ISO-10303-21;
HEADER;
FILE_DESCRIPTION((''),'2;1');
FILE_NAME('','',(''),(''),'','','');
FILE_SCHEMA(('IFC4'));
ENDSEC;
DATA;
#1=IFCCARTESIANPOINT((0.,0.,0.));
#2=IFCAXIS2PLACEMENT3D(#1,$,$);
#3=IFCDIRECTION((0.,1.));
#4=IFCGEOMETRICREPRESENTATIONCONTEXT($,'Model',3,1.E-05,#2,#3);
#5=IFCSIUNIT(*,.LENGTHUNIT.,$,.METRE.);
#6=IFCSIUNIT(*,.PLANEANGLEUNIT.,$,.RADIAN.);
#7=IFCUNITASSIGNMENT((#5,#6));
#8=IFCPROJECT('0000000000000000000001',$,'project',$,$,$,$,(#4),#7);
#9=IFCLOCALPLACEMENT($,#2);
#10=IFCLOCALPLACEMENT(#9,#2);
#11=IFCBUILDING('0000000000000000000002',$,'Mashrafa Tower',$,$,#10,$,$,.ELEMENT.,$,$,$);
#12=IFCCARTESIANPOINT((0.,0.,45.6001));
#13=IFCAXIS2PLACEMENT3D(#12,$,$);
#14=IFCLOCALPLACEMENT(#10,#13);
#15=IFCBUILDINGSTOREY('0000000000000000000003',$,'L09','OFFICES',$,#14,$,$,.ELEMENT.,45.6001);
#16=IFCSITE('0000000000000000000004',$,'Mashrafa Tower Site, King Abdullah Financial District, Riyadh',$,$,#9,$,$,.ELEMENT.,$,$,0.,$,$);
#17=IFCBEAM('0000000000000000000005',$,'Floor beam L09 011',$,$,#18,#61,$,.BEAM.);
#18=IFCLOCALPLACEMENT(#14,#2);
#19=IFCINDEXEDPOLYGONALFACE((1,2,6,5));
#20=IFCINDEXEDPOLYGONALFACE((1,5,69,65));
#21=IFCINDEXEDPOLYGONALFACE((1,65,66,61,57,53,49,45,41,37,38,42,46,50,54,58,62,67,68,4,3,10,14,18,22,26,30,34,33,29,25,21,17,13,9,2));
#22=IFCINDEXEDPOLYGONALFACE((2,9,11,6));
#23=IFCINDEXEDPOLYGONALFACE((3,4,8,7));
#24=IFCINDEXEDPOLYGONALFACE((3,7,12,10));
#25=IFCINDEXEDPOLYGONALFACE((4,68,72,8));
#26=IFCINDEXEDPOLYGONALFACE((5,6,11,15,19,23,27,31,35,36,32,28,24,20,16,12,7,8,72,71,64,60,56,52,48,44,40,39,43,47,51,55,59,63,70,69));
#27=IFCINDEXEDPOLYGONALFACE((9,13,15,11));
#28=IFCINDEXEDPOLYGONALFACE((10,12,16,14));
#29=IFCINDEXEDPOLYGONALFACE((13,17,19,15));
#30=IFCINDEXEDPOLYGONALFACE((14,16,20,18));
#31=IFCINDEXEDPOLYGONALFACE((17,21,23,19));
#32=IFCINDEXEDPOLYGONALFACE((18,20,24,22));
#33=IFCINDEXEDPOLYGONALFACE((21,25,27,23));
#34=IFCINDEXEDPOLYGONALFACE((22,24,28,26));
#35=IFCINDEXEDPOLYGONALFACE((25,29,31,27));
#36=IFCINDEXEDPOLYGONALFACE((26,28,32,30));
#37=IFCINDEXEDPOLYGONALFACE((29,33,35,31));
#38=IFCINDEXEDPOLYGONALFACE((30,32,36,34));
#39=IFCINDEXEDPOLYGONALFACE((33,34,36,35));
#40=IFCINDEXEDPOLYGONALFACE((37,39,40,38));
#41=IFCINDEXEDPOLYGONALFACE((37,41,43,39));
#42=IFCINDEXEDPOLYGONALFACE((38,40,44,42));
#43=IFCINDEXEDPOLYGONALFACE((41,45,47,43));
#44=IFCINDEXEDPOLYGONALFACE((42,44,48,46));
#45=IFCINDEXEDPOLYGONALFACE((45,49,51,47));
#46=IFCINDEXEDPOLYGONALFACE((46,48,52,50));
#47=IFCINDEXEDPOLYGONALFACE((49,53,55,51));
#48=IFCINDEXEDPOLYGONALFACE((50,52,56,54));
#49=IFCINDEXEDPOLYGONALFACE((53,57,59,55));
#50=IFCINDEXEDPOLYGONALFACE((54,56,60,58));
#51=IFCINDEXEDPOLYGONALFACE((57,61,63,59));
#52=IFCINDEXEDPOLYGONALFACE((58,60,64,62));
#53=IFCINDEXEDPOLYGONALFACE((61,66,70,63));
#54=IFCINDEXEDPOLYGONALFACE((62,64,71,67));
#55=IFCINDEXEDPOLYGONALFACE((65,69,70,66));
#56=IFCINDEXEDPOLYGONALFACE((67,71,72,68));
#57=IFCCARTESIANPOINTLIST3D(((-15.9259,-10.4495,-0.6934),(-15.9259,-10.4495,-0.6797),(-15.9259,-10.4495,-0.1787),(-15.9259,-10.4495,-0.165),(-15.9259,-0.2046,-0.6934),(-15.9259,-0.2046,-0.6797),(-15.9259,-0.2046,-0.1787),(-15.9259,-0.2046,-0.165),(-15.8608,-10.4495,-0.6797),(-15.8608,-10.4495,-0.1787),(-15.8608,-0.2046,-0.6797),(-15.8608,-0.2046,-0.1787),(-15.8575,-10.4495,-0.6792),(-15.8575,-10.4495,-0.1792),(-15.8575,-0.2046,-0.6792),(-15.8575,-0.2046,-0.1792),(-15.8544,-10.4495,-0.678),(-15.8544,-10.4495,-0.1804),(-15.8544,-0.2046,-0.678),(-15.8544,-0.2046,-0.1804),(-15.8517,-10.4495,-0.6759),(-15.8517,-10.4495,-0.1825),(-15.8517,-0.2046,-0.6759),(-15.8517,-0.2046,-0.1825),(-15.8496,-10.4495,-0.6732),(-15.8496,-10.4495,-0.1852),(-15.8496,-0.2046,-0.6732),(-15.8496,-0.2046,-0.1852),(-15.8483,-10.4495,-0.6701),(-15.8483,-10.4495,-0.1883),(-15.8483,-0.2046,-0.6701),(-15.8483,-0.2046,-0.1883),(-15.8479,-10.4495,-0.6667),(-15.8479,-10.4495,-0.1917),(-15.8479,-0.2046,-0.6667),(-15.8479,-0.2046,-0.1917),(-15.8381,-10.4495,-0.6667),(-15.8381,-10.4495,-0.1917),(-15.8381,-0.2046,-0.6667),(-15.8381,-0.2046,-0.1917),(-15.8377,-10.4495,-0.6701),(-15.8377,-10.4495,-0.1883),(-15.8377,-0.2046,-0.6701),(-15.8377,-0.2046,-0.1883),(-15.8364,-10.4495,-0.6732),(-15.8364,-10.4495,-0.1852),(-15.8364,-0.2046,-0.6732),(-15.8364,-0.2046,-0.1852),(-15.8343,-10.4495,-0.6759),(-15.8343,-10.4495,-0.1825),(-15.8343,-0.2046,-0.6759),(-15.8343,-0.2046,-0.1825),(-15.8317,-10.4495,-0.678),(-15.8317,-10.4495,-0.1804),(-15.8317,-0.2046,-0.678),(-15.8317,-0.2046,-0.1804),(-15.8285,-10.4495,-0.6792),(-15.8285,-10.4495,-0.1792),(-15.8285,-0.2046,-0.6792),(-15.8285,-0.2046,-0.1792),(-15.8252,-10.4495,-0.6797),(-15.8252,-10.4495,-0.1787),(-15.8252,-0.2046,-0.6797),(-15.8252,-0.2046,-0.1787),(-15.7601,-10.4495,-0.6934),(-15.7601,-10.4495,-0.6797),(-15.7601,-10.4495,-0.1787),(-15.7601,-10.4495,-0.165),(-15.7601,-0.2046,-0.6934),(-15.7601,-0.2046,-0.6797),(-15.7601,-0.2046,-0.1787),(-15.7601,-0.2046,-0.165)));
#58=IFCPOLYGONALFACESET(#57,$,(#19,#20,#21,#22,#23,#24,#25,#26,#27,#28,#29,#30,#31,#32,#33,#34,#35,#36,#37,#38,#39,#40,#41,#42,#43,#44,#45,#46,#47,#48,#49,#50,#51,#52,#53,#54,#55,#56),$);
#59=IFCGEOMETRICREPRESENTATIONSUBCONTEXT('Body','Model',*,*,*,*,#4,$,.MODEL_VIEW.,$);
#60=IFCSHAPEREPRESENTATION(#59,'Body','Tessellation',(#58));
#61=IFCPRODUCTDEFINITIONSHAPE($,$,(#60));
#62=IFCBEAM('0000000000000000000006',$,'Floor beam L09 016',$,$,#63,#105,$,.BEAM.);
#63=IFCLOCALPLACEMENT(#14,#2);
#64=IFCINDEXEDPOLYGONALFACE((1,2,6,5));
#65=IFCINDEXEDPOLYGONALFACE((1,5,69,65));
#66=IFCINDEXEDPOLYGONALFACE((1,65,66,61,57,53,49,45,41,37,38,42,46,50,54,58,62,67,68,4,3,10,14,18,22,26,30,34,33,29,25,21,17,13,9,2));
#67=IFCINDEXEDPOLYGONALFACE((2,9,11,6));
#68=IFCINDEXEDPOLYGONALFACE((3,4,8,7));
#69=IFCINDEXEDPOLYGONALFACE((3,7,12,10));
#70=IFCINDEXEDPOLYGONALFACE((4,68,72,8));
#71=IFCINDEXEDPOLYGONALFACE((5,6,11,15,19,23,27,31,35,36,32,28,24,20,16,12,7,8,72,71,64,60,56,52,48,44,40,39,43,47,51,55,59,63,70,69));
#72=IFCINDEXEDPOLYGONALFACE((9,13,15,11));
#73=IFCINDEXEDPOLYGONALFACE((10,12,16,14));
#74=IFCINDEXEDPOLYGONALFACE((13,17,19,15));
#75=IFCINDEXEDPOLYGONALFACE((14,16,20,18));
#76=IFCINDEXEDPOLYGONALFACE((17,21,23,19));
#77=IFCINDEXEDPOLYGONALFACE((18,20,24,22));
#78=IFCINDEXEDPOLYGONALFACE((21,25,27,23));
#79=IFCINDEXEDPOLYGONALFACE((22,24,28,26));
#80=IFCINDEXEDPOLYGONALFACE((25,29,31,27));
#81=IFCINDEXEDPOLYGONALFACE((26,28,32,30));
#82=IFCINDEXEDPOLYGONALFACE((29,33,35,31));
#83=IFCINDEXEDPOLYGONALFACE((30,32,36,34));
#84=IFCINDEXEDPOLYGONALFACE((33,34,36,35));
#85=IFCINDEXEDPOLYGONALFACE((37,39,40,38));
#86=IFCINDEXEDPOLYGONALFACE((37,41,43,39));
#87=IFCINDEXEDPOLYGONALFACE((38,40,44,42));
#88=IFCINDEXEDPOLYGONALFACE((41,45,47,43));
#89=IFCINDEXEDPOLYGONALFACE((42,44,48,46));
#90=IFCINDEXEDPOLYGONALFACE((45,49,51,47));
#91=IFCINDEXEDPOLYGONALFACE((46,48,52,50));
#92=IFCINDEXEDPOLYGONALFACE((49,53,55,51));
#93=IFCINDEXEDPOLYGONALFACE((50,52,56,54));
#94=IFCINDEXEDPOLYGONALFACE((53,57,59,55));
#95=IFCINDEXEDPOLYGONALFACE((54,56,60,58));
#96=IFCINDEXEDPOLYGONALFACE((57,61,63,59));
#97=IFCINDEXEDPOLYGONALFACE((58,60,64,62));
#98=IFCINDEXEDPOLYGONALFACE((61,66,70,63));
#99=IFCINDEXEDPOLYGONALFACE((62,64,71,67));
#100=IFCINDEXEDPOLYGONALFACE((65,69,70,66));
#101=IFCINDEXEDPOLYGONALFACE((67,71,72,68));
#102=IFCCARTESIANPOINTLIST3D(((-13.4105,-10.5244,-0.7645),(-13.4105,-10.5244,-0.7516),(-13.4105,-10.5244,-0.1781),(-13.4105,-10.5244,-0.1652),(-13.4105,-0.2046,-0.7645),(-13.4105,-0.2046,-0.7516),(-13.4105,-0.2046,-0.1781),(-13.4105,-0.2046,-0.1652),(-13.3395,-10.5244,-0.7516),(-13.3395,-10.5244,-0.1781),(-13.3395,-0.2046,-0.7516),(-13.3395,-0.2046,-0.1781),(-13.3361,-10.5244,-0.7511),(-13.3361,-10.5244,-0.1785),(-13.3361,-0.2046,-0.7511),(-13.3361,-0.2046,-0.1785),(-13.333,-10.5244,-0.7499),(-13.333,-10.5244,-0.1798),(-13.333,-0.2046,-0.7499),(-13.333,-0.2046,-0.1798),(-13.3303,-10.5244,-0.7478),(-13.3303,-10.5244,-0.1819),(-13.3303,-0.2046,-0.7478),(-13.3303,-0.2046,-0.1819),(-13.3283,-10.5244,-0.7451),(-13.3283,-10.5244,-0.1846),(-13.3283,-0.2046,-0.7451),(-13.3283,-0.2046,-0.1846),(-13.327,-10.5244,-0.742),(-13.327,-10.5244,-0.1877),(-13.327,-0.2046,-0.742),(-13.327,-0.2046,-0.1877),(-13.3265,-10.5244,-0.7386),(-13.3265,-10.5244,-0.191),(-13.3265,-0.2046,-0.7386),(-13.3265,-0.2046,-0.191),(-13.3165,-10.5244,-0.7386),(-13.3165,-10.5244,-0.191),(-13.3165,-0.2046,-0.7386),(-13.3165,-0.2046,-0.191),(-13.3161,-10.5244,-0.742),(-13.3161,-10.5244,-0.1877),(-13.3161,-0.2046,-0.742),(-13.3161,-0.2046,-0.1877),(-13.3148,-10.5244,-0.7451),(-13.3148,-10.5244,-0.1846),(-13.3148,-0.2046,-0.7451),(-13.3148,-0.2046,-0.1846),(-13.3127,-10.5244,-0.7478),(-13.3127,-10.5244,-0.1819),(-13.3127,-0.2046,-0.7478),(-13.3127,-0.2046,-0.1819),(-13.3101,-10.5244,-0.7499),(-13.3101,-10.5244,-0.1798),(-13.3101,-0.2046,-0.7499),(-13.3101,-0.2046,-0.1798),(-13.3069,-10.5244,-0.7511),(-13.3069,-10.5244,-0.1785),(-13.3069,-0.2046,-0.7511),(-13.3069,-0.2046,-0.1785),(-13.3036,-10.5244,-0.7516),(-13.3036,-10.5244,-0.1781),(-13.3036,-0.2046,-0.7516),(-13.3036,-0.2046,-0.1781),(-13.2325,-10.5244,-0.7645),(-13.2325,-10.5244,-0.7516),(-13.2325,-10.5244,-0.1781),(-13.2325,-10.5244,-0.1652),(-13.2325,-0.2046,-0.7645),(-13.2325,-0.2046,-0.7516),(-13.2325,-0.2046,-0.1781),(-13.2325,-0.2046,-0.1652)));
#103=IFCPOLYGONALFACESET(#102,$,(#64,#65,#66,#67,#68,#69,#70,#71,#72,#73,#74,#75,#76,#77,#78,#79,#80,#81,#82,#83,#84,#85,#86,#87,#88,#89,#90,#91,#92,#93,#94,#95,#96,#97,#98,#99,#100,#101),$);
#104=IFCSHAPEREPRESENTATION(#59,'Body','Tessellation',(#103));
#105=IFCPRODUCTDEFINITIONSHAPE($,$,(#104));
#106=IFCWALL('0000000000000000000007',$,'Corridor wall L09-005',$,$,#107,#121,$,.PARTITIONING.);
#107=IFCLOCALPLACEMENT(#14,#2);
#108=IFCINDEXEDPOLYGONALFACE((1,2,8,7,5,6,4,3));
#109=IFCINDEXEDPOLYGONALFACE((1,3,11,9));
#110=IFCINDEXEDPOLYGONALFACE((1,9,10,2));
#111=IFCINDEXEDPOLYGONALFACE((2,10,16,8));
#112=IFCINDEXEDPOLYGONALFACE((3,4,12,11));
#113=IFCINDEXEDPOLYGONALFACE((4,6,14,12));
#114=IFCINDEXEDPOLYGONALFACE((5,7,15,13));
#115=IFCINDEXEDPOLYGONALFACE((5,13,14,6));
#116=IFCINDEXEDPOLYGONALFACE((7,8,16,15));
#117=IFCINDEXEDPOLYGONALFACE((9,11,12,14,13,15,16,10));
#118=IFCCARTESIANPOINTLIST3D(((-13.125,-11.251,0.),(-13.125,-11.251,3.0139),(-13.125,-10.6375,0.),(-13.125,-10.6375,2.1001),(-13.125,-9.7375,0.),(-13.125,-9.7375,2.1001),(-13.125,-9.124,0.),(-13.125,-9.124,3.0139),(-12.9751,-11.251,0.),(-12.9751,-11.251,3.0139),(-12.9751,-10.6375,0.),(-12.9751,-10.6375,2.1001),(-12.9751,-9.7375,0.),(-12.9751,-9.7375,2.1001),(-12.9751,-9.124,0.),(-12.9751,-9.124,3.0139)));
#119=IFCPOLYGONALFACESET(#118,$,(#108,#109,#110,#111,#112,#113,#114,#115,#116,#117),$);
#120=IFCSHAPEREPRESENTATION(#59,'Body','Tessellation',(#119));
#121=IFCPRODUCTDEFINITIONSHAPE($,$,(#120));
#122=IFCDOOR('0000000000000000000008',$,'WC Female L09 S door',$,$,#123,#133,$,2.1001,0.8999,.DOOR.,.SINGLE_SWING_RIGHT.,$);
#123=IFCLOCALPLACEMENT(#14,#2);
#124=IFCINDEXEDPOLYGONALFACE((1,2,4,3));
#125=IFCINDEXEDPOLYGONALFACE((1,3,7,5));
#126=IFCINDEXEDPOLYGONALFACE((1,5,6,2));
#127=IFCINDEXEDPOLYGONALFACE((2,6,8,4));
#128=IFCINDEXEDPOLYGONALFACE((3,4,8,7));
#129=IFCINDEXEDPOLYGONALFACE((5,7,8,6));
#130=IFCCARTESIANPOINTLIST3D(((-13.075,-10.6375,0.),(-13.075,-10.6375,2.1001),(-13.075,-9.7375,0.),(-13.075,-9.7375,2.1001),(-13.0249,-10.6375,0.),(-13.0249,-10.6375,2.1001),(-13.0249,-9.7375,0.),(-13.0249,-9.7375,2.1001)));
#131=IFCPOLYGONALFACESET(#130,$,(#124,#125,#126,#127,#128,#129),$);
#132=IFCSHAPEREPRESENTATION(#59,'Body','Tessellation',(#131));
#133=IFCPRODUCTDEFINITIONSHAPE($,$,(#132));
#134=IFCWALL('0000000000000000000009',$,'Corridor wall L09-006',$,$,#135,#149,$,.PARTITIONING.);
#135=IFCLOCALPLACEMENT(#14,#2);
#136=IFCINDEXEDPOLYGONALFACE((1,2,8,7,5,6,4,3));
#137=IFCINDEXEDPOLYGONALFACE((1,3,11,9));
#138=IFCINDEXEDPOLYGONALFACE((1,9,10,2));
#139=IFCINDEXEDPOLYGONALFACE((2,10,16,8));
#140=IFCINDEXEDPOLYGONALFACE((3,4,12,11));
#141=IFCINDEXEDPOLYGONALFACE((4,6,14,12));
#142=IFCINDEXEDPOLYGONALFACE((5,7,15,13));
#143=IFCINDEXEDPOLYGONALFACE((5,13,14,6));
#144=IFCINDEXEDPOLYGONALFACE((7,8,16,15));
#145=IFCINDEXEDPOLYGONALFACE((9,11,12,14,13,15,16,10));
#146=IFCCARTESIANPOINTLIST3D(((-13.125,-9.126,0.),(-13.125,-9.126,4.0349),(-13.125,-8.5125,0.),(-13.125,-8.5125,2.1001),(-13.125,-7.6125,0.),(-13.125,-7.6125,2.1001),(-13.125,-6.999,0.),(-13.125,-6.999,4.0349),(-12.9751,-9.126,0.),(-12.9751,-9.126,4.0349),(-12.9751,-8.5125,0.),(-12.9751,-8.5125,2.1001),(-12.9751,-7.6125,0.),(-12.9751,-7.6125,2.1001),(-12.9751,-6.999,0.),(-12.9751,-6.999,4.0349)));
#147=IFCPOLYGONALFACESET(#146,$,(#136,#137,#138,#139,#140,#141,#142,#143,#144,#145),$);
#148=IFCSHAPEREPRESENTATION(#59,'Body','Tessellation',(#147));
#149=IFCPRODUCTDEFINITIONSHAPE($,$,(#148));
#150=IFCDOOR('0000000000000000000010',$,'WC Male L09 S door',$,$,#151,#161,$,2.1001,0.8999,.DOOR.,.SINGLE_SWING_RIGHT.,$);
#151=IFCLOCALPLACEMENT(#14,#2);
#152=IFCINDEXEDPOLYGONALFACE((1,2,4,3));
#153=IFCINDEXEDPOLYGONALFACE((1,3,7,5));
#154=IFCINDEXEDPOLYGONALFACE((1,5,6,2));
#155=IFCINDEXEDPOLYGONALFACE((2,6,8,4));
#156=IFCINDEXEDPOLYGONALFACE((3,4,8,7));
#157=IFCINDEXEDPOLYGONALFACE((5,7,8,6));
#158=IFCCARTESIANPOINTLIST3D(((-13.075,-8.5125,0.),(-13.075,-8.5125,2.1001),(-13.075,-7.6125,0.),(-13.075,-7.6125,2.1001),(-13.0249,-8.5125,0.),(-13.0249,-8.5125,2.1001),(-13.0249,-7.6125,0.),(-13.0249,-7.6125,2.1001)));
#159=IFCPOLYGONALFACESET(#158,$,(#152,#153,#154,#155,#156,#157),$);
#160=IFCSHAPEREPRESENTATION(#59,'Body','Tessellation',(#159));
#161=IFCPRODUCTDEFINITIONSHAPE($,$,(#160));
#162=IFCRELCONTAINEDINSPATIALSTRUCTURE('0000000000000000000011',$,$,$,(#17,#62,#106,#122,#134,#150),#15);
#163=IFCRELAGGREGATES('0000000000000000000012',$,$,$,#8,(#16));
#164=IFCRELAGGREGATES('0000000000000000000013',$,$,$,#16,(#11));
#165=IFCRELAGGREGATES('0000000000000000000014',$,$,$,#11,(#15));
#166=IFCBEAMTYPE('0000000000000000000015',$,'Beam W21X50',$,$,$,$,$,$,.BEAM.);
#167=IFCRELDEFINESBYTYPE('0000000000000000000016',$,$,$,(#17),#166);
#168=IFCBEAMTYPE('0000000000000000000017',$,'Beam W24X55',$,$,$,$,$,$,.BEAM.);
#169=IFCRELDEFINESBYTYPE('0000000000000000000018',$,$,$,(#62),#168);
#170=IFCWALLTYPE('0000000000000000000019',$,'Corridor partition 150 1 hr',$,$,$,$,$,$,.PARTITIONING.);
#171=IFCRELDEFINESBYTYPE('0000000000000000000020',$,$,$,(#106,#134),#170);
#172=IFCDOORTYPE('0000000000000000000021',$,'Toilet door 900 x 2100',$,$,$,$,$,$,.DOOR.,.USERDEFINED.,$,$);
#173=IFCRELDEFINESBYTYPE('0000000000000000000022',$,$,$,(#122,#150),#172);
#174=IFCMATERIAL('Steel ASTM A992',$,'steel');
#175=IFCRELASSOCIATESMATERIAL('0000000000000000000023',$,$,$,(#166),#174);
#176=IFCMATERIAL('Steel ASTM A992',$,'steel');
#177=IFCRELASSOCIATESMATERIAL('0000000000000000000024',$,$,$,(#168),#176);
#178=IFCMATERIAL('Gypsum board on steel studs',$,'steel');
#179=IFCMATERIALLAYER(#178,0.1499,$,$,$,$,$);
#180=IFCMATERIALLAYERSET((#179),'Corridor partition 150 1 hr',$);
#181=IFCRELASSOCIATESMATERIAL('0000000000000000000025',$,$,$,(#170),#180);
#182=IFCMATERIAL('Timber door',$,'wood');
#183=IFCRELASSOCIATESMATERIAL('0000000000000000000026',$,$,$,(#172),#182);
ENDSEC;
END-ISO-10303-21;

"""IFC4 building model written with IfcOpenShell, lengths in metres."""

from ifc_helpers import new_model, si_unit, direction, frame, frame_2d, origin, origin_2d, place, context, subcontext, project, spatial, rectangle, i_section, extrude, material, layer, layer_set, material_profile, profile_set, type_object, element, fill, save


model = new_model("IFC4")

# Units and contexts
model_context = context("Model", 3, precision=1e-05, world=origin(), true_north=direction((0.0, 1.0)))
body_context = subcontext(model_context, "Body", "Model", "MODEL_VIEW")
ifc_project = project(units=[si_unit("LENGTHUNIT", "METRE"), si_unit("PLANEANGLEUNIT", "RADIAN")], contexts=[model_context])

# Site, building, storey
site_placement = place(None, origin())
site = spatial("IfcSite", under=ifc_project, at=site_placement, Name="Mashrafa Tower Site, King Abdullah Financial District, Riyadh", CompositionType="ELEMENT", RefElevation=0.0)
building_placement = place(site_placement, origin())
building = spatial("IfcBuilding", under=site, at=building_placement, Name="Mashrafa Tower", CompositionType="ELEMENT")
storey_placement = place(building_placement, frame((0.0, 0.0, 45.6001)))
storey = spatial("IfcBuildingStorey", under=building, at=storey_placement, Name="L09", Description="OFFICES", CompositionType="ELEMENT", Elevation=45.6001)

# Beams
ifc_material_1 = material(Name="Steel ASTM A992", Category="steel")
ifc_material_profile_1 = material_profile(ifc_material_1, i_section(OverallWidth=0.1658, OverallDepth=0.5283, WebThickness=0.0098, FlangeThickness=0.0137, FilletRadius=0.0129, at=origin_2d()), Name="W21X50")
ifc_profile_set_1 = profile_set([ifc_material_profile_1], Name="Steel ASTM A992")
beam_type_1 = type_object("IfcBeamType", Name="Beam W21X50", PredefinedType="BEAM", material=ifc_profile_set_1)
beam_1_placement = place(storey_placement, frame((-15.843, -10.4495, -0.4292), z_axis=(0.0, 1.0, 0.0), x_axis=(-1.0, 0.0, 0.0)))
element("IfcBeam", 1, at=beam_1_placement, inside=storey, type_object=beam_type_1, Name="Floor beam L09 011", PredefinedType="BEAM", context=body_context, shape_type="SweptSolid", body=[
    extrude(i_section(OverallWidth=0.1658, OverallDepth=0.5283, WebThickness=0.0098, FlangeThickness=0.0137, FilletRadius=0.0129, at=origin_2d()), origin(), (0.0, 0.0, 1.0), 10.2449),
])
ifc_material_2 = material(Name="Steel ASTM A992", Category="steel")
ifc_material_profile_2 = material_profile(ifc_material_2, i_section(OverallWidth=0.178, OverallDepth=0.5994, WebThickness=0.01, FlangeThickness=0.0129, FilletRadius=0.0129, at=origin_2d()), Name="W24X55")
ifc_profile_set_2 = profile_set([ifc_material_profile_2], Name="Steel ASTM A992")
beam_type_2 = type_object("IfcBeamType", Name="Beam W24X55", PredefinedType="BEAM", material=ifc_profile_set_2)
beam_2_placement = place(storey_placement, frame((-13.3215, -10.5244, -0.4648), z_axis=(0.0, 1.0, 0.0), x_axis=(-1.0, 0.0, 0.0)))
element("IfcBeam", 2, at=beam_2_placement, inside=storey, type_object=beam_type_2, Name="Floor beam L09 016", PredefinedType="BEAM", context=body_context, shape_type="SweptSolid", body=[
    extrude(i_section(OverallWidth=0.178, OverallDepth=0.5994, WebThickness=0.01, FlangeThickness=0.0129, FilletRadius=0.0129, at=origin_2d()), origin(), (0.0, 0.0, 1.0), 10.3198),
])

# Walls, openings, doors
ifc_material_3 = material(Name="Gypsum board on steel studs", Category="steel")
ifc_layer_1 = layer(ifc_material_3, 0.1499)
ifc_layer_set_1 = layer_set([ifc_layer_1], Name="Corridor partition 150 1 hr")
wall_type_1 = type_object("IfcWallType", Name="Corridor partition 150 1 hr", PredefinedType="PARTITIONING", material=ifc_layer_set_1)
wall_1_placement = place(storey_placement, frame((-13.05, -9.124, 0.0), z_axis=(0.0, 0.0, 1.0), x_axis=(0.0, -1.0, 0.0)))
wall_1 = element("IfcWall", 3, at=wall_1_placement, inside=storey, type_object=wall_type_1, Name="Corridor wall L09-005", PredefinedType="PARTITIONING", context=body_context, shape_type="SweptSolid", body=[
    extrude(rectangle(XDim=2.127, YDim=0.1499, at=frame_2d((1.0635, 0.0))), origin(), (0.0, 0.0, 1.0), 3.0139),
])
opening_1_placement = place(wall_1_placement, frame((0.6135, 0.0, 0.0)))
opening_1 = element("IfcOpeningElement", 4, at=opening_1_placement, cuts=wall_1, PredefinedType="OPENING", context=body_context, shape_type="SweptSolid", body=[
    extrude(rectangle(XDim=0.8999, YDim=2.1001, at=frame_2d((0.45, 1.05))), frame((0.0, 0.085, 0.0), z_axis=(0.0, -1.0, 0.0), x_axis=(1.0, 0.0, 0.0)), (0.0, 0.0, 1.0), 0.1699),
])
ifc_material_4 = material(Name="Timber door", Category="wood")
door_type_1 = type_object("IfcDoorType", Name="Toilet door 900 x 2100", OperationType="USERDEFINED", PredefinedType="DOOR", material=ifc_material_4)
door_1_placement = place(opening_1_placement, frame((0.8999, 0.0, 0.0), z_axis=(0.0, 0.0, 1.0), x_axis=(-1.0, 0.0, 0.0)))
door_1 = element("IfcDoor", 5, at=door_1_placement, inside=storey, type_object=door_type_1, Name="WC Female L09 S door", OperationType="SINGLE_SWING_RIGHT", OverallHeight=2.1001, OverallWidth=0.8999, PredefinedType="DOOR", context=body_context, shape_type="SweptSolid", body=[
    extrude(rectangle(XDim=0.8999, YDim=2.1001, at=frame_2d((0.45, 1.05))), frame((0.0, 0.0249, 0.0), z_axis=(0.0, -1.0, 0.0), x_axis=(1.0, 0.0, 0.0)), (0.0, 0.0, 1.0), 0.05),
])
fill(opening_1, door_1)
wall_2_placement = place(storey_placement, frame((-13.05, -6.999, 0.0), z_axis=(0.0, 0.0, 1.0), x_axis=(0.0, -1.0, 0.0)))
wall_2 = element("IfcWall", 6, at=wall_2_placement, inside=storey, type_object=wall_type_1, Name="Corridor wall L09-006", PredefinedType="PARTITIONING", context=body_context, shape_type="SweptSolid", body=[
    extrude(rectangle(XDim=2.127, YDim=0.1499, at=frame_2d((1.0635, 0.0))), origin(), (0.0, 0.0, 1.0), 4.0349),
])
opening_2_placement = place(wall_2_placement, frame((0.6135, 0.0, 0.0)))
opening_2 = element("IfcOpeningElement", 7, at=opening_2_placement, cuts=wall_2, PredefinedType="OPENING", context=body_context, shape_type="SweptSolid", body=[
    extrude(rectangle(XDim=0.8999, YDim=2.1001, at=frame_2d((0.45, 1.05))), frame((0.0, 0.085, 0.0), z_axis=(0.0, -1.0, 0.0), x_axis=(1.0, 0.0, 0.0)), (0.0, 0.0, 1.0), 0.1699),
])
door_2_placement = place(opening_2_placement, frame((0.8999, 0.0, 0.0), z_axis=(0.0, 0.0, 1.0), x_axis=(-1.0, 0.0, 0.0)))
door_2 = element("IfcDoor", 8, at=door_2_placement, inside=storey, type_object=door_type_1, Name="WC Male L09 S door", OperationType="SINGLE_SWING_RIGHT", OverallHeight=2.1001, OverallWidth=0.8999, PredefinedType="DOOR", context=body_context, shape_type="SweptSolid", body=[
    extrude(rectangle(XDim=0.8999, YDim=2.1001, at=frame_2d((0.45, 1.05))), frame((0.0, 0.0249, 0.0), z_axis=(0.0, -1.0, 0.0), x_axis=(1.0, 0.0, 0.0)), (0.0, 0.0, 1.0), 0.05),
])
fill(opening_2, door_2)

save(model, "model.ifc")
